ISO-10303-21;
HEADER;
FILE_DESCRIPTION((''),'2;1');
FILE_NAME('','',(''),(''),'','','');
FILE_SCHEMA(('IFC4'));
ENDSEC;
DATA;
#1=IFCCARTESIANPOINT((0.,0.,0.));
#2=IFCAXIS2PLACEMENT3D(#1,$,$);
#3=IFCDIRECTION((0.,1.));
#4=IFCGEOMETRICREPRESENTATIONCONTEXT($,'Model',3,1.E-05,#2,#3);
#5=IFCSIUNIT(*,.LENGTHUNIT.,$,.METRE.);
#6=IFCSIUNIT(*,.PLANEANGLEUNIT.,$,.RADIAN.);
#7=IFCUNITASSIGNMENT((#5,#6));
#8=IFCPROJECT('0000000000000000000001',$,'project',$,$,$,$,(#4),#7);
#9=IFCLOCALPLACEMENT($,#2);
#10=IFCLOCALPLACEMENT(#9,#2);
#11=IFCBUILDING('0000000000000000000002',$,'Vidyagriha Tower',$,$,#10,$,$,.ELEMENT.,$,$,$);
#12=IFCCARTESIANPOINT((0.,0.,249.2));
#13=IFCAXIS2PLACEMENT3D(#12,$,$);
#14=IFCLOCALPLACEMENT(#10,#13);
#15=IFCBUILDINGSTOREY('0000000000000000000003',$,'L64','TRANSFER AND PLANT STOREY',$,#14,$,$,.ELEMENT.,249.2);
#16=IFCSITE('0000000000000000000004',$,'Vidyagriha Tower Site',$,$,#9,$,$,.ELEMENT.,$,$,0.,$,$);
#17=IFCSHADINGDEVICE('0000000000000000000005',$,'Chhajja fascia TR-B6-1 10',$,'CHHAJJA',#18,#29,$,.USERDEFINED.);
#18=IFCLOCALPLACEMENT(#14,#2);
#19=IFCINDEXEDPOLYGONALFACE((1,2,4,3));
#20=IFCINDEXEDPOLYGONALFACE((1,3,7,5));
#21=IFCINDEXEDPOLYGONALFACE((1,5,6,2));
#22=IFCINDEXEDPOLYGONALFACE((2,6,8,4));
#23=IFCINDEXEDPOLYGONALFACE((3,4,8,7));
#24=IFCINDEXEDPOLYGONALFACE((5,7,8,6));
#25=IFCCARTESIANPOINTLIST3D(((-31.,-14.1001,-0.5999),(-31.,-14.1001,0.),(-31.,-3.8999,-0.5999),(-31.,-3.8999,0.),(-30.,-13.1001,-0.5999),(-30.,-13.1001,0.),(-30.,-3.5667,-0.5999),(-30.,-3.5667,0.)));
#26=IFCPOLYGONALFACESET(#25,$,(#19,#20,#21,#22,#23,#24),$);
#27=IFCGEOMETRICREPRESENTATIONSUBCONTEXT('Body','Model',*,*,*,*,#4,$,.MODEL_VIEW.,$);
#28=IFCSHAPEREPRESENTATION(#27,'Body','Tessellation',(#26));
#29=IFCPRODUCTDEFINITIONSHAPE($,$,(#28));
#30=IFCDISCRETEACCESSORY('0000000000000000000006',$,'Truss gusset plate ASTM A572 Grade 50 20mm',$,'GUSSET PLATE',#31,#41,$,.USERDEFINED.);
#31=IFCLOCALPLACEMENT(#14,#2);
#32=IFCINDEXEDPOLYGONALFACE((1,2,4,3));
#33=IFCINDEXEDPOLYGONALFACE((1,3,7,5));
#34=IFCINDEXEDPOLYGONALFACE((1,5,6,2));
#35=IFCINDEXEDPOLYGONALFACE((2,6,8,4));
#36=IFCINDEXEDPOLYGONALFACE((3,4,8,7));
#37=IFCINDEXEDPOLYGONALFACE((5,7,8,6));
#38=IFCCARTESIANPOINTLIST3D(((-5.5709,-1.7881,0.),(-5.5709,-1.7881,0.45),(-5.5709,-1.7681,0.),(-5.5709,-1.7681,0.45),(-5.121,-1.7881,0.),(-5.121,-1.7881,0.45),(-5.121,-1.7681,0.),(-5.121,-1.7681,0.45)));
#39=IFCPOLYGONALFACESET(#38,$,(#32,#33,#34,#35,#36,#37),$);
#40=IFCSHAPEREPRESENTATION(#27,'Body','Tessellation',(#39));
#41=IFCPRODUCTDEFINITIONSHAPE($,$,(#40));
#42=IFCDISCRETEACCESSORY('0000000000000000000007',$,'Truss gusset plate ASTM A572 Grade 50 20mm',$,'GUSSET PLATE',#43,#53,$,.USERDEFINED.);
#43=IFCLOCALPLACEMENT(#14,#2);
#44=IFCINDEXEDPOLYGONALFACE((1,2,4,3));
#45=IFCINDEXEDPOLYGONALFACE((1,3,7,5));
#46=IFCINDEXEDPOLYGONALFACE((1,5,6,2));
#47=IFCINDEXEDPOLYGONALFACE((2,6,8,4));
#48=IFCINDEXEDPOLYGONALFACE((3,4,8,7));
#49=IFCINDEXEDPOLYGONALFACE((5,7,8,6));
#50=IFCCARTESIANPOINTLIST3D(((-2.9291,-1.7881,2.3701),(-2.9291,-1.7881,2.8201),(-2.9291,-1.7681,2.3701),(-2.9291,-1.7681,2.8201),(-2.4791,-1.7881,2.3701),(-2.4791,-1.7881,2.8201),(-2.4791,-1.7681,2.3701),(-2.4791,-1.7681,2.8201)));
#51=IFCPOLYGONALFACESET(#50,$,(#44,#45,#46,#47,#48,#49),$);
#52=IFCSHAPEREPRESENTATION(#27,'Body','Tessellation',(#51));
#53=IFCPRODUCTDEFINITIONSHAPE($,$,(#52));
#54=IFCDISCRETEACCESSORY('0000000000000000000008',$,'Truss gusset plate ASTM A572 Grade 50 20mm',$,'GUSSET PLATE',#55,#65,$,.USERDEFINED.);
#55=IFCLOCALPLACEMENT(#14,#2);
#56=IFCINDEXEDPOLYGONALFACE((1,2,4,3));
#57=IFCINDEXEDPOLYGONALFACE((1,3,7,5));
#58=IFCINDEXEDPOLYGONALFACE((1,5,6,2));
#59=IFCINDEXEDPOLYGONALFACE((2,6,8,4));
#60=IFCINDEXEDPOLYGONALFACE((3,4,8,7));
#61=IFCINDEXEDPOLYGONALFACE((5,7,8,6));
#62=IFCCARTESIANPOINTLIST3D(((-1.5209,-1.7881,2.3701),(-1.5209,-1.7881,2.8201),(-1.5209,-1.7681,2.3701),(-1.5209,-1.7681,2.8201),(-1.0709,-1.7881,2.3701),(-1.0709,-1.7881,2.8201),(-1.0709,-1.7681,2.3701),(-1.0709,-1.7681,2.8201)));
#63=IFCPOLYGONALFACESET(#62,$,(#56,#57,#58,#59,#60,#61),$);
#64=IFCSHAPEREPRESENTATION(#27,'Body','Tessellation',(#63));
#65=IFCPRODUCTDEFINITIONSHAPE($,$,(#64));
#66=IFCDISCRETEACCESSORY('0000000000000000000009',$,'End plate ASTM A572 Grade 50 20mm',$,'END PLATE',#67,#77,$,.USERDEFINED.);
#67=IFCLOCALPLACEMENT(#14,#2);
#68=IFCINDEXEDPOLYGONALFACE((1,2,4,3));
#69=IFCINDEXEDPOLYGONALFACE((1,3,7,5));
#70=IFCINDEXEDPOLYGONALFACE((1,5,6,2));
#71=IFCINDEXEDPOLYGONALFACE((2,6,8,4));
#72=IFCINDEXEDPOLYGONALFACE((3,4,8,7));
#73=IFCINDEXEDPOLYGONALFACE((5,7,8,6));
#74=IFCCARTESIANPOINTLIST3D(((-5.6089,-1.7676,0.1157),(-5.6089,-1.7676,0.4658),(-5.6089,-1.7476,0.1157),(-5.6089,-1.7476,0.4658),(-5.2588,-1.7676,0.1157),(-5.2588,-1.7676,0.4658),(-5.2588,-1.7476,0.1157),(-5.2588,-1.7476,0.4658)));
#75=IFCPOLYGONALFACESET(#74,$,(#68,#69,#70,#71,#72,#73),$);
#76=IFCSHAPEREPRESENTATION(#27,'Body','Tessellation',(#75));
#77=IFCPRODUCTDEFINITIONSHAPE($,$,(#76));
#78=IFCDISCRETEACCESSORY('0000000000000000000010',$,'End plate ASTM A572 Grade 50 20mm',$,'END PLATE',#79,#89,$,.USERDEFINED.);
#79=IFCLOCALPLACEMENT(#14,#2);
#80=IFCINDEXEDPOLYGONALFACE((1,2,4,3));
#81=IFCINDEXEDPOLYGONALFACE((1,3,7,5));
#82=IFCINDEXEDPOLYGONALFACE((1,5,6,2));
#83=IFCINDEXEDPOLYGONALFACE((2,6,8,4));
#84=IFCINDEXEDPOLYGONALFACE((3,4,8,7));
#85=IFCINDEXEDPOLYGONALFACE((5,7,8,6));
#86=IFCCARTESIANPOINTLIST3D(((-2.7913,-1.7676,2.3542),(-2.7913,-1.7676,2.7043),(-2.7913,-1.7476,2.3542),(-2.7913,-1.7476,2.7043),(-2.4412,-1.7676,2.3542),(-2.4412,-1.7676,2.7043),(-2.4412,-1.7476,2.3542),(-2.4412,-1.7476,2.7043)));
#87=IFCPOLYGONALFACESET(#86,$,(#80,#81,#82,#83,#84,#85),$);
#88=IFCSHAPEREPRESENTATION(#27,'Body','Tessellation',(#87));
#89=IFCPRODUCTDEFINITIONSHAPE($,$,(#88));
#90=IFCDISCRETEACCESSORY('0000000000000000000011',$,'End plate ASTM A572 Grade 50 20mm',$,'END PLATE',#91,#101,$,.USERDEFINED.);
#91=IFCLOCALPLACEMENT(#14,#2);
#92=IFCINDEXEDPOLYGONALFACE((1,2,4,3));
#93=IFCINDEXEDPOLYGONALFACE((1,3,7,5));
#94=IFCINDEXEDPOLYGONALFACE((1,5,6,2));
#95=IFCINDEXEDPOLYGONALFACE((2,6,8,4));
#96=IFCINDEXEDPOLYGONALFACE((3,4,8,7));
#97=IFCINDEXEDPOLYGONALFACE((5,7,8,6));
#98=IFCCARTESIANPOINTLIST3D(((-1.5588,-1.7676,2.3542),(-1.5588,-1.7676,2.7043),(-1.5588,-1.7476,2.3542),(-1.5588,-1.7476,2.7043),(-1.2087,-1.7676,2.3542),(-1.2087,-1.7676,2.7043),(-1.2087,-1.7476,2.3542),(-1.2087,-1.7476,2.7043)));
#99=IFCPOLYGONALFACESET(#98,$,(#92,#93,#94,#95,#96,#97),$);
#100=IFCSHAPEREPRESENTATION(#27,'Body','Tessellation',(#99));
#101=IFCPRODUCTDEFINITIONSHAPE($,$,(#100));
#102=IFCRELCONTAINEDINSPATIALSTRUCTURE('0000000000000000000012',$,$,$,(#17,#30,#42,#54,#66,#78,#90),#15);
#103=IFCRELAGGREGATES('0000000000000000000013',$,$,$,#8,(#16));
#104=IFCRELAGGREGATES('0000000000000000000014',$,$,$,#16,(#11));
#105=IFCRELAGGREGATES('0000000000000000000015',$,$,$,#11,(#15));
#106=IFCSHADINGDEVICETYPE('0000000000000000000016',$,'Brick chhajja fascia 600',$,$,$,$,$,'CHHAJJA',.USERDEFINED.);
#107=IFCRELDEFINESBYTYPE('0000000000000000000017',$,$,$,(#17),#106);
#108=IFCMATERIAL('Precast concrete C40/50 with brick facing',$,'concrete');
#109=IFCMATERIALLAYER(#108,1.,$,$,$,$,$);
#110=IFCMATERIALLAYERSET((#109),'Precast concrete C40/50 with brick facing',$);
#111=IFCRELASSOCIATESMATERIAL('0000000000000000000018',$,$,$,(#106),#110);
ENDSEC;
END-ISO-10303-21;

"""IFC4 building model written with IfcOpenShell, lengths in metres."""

from ifc_helpers import new_model, si_unit, direction, frame, origin, origin_2d, place, context, subcontext, project, spatial, polyline, rectangle, outline, extrude, material, layer, layer_set, type_object, element, save


model = new_model("IFC4")

# Units and contexts
model_context = context("Model", 3, precision=1e-05, world=origin(), true_north=direction((0.0, 1.0)))
body_context = subcontext(model_context, "Body", "Model", "MODEL_VIEW")
ifc_project = project(units=[si_unit("LENGTHUNIT", "METRE"), si_unit("PLANEANGLEUNIT", "RADIAN")], contexts=[model_context])

# Site, building, storey
site_placement = place(None, origin())
site = spatial("IfcSite", under=ifc_project, at=site_placement, Name="Vidyagriha Tower Site", CompositionType="ELEMENT", RefElevation=0.0)
building_placement = place(site_placement, origin())
building = spatial("IfcBuilding", under=site, at=building_placement, Name="Vidyagriha Tower", CompositionType="ELEMENT")
storey_placement = place(building_placement, frame((0.0, 0.0, 249.2)))
storey = spatial("IfcBuildingStorey", under=building, at=storey_placement, Name="L64", Description="TRANSFER AND PLANT STOREY", CompositionType="ELEMENT", Elevation=249.2)

# Shading device
ifc_material_1 = material(Name="Precast concrete C40/50 with brick facing", Category="concrete")
ifc_layer_1 = layer(ifc_material_1, 1.0)
ifc_layer_set_1 = layer_set([ifc_layer_1], Name="Precast concrete C40/50 with brick facing")
shading_device_type = type_object("IfcShadingDeviceType", Name="Brick chhajja fascia 600", ElementType="CHHAJJA", PredefinedType="USERDEFINED", material=ifc_layer_set_1)
shading_device_1_placement = place(storey_placement, frame((0.0, 0.0, -0.5999)))
element("IfcShadingDevice", 1, at=shading_device_1_placement, inside=storey, type_object=shading_device_type, Name="Chhajja fascia TR-B6-1 10", ObjectType="CHHAJJA", PredefinedType="USERDEFINED", context=body_context, shape_type="SweptSolid", body=[
    extrude(outline(polyline([(-30.0, -3.5667), (-31.0, -3.8999), (-31.0, -14.1001), (-30.0, -13.1001), (-30.0, -3.5667)])), origin(), (0.0, 0.0, 1.0), 0.5999),
])

# Discrete accessories
for number, where, name in (
    (2, (-5.3459, -1.7781, 0.0), "Truss gusset plate ASTM A572 Grade 50 20mm"),
    (3, (-2.7041, -1.7781, 2.3701), "Truss gusset plate ASTM A572 Grade 50 20mm"),
    (4, (-1.2959, -1.7781, 2.3701), "Truss gusset plate ASTM A572 Grade 50 20mm"),
):
    element("IfcDiscreteAccessory", number, at=place(storey_placement, frame(where)), inside=storey, Name=name, ObjectType="GUSSET PLATE", PredefinedType="USERDEFINED", context=body_context, shape_type="SweptSolid", body=[
        extrude(rectangle(XDim=0.45, YDim=0.02, at=origin_2d()), origin(), (0.0, 0.0, 1.0), 0.45),
    ])
discrete_accessory_1_placement = place(storey_placement, frame((-5.4338, -1.7576, 0.1157), z_axis=(0.0, 0.0, 1.0), x_axis=(-1.0, 0.0, 0.0)))
element("IfcDiscreteAccessory", 5, at=discrete_accessory_1_placement, inside=storey, Name="End plate ASTM A572 Grade 50 20mm", ObjectType="END PLATE", PredefinedType="USERDEFINED", context=body_context, shape_type="SweptSolid", body=[
    extrude(rectangle(XDim=0.3501, YDim=0.02, at=origin_2d()), origin(), (0.0, 0.0, 1.0), 0.3501),
])
discrete_accessory_2_placement = place(storey_placement, frame((-2.6162, -1.7576, 2.3542)))
element("IfcDiscreteAccessory", 6, at=discrete_accessory_2_placement, inside=storey, Name="End plate ASTM A572 Grade 50 20mm", ObjectType="END PLATE", PredefinedType="USERDEFINED", context=body_context, shape_type="SweptSolid", body=[
    extrude(rectangle(XDim=0.3501, YDim=0.02, at=origin_2d()), origin(), (0.0, 0.0, 1.0), 0.3501),
])
discrete_accessory_3_placement = place(storey_placement, frame((-1.3838, -1.7576, 2.3542), z_axis=(0.0, 0.0, 1.0), x_axis=(-1.0, 0.0, 0.0)))
element("IfcDiscreteAccessory", 7, at=discrete_accessory_3_placement, inside=storey, Name="End plate ASTM A572 Grade 50 20mm", ObjectType="END PLATE", PredefinedType="USERDEFINED", context=body_context, shape_type="SweptSolid", body=[
    extrude(rectangle(XDim=0.3501, YDim=0.02, at=origin_2d()), origin(), (0.0, 0.0, 1.0), 0.3501),
])

save(model, "model.ifc")
